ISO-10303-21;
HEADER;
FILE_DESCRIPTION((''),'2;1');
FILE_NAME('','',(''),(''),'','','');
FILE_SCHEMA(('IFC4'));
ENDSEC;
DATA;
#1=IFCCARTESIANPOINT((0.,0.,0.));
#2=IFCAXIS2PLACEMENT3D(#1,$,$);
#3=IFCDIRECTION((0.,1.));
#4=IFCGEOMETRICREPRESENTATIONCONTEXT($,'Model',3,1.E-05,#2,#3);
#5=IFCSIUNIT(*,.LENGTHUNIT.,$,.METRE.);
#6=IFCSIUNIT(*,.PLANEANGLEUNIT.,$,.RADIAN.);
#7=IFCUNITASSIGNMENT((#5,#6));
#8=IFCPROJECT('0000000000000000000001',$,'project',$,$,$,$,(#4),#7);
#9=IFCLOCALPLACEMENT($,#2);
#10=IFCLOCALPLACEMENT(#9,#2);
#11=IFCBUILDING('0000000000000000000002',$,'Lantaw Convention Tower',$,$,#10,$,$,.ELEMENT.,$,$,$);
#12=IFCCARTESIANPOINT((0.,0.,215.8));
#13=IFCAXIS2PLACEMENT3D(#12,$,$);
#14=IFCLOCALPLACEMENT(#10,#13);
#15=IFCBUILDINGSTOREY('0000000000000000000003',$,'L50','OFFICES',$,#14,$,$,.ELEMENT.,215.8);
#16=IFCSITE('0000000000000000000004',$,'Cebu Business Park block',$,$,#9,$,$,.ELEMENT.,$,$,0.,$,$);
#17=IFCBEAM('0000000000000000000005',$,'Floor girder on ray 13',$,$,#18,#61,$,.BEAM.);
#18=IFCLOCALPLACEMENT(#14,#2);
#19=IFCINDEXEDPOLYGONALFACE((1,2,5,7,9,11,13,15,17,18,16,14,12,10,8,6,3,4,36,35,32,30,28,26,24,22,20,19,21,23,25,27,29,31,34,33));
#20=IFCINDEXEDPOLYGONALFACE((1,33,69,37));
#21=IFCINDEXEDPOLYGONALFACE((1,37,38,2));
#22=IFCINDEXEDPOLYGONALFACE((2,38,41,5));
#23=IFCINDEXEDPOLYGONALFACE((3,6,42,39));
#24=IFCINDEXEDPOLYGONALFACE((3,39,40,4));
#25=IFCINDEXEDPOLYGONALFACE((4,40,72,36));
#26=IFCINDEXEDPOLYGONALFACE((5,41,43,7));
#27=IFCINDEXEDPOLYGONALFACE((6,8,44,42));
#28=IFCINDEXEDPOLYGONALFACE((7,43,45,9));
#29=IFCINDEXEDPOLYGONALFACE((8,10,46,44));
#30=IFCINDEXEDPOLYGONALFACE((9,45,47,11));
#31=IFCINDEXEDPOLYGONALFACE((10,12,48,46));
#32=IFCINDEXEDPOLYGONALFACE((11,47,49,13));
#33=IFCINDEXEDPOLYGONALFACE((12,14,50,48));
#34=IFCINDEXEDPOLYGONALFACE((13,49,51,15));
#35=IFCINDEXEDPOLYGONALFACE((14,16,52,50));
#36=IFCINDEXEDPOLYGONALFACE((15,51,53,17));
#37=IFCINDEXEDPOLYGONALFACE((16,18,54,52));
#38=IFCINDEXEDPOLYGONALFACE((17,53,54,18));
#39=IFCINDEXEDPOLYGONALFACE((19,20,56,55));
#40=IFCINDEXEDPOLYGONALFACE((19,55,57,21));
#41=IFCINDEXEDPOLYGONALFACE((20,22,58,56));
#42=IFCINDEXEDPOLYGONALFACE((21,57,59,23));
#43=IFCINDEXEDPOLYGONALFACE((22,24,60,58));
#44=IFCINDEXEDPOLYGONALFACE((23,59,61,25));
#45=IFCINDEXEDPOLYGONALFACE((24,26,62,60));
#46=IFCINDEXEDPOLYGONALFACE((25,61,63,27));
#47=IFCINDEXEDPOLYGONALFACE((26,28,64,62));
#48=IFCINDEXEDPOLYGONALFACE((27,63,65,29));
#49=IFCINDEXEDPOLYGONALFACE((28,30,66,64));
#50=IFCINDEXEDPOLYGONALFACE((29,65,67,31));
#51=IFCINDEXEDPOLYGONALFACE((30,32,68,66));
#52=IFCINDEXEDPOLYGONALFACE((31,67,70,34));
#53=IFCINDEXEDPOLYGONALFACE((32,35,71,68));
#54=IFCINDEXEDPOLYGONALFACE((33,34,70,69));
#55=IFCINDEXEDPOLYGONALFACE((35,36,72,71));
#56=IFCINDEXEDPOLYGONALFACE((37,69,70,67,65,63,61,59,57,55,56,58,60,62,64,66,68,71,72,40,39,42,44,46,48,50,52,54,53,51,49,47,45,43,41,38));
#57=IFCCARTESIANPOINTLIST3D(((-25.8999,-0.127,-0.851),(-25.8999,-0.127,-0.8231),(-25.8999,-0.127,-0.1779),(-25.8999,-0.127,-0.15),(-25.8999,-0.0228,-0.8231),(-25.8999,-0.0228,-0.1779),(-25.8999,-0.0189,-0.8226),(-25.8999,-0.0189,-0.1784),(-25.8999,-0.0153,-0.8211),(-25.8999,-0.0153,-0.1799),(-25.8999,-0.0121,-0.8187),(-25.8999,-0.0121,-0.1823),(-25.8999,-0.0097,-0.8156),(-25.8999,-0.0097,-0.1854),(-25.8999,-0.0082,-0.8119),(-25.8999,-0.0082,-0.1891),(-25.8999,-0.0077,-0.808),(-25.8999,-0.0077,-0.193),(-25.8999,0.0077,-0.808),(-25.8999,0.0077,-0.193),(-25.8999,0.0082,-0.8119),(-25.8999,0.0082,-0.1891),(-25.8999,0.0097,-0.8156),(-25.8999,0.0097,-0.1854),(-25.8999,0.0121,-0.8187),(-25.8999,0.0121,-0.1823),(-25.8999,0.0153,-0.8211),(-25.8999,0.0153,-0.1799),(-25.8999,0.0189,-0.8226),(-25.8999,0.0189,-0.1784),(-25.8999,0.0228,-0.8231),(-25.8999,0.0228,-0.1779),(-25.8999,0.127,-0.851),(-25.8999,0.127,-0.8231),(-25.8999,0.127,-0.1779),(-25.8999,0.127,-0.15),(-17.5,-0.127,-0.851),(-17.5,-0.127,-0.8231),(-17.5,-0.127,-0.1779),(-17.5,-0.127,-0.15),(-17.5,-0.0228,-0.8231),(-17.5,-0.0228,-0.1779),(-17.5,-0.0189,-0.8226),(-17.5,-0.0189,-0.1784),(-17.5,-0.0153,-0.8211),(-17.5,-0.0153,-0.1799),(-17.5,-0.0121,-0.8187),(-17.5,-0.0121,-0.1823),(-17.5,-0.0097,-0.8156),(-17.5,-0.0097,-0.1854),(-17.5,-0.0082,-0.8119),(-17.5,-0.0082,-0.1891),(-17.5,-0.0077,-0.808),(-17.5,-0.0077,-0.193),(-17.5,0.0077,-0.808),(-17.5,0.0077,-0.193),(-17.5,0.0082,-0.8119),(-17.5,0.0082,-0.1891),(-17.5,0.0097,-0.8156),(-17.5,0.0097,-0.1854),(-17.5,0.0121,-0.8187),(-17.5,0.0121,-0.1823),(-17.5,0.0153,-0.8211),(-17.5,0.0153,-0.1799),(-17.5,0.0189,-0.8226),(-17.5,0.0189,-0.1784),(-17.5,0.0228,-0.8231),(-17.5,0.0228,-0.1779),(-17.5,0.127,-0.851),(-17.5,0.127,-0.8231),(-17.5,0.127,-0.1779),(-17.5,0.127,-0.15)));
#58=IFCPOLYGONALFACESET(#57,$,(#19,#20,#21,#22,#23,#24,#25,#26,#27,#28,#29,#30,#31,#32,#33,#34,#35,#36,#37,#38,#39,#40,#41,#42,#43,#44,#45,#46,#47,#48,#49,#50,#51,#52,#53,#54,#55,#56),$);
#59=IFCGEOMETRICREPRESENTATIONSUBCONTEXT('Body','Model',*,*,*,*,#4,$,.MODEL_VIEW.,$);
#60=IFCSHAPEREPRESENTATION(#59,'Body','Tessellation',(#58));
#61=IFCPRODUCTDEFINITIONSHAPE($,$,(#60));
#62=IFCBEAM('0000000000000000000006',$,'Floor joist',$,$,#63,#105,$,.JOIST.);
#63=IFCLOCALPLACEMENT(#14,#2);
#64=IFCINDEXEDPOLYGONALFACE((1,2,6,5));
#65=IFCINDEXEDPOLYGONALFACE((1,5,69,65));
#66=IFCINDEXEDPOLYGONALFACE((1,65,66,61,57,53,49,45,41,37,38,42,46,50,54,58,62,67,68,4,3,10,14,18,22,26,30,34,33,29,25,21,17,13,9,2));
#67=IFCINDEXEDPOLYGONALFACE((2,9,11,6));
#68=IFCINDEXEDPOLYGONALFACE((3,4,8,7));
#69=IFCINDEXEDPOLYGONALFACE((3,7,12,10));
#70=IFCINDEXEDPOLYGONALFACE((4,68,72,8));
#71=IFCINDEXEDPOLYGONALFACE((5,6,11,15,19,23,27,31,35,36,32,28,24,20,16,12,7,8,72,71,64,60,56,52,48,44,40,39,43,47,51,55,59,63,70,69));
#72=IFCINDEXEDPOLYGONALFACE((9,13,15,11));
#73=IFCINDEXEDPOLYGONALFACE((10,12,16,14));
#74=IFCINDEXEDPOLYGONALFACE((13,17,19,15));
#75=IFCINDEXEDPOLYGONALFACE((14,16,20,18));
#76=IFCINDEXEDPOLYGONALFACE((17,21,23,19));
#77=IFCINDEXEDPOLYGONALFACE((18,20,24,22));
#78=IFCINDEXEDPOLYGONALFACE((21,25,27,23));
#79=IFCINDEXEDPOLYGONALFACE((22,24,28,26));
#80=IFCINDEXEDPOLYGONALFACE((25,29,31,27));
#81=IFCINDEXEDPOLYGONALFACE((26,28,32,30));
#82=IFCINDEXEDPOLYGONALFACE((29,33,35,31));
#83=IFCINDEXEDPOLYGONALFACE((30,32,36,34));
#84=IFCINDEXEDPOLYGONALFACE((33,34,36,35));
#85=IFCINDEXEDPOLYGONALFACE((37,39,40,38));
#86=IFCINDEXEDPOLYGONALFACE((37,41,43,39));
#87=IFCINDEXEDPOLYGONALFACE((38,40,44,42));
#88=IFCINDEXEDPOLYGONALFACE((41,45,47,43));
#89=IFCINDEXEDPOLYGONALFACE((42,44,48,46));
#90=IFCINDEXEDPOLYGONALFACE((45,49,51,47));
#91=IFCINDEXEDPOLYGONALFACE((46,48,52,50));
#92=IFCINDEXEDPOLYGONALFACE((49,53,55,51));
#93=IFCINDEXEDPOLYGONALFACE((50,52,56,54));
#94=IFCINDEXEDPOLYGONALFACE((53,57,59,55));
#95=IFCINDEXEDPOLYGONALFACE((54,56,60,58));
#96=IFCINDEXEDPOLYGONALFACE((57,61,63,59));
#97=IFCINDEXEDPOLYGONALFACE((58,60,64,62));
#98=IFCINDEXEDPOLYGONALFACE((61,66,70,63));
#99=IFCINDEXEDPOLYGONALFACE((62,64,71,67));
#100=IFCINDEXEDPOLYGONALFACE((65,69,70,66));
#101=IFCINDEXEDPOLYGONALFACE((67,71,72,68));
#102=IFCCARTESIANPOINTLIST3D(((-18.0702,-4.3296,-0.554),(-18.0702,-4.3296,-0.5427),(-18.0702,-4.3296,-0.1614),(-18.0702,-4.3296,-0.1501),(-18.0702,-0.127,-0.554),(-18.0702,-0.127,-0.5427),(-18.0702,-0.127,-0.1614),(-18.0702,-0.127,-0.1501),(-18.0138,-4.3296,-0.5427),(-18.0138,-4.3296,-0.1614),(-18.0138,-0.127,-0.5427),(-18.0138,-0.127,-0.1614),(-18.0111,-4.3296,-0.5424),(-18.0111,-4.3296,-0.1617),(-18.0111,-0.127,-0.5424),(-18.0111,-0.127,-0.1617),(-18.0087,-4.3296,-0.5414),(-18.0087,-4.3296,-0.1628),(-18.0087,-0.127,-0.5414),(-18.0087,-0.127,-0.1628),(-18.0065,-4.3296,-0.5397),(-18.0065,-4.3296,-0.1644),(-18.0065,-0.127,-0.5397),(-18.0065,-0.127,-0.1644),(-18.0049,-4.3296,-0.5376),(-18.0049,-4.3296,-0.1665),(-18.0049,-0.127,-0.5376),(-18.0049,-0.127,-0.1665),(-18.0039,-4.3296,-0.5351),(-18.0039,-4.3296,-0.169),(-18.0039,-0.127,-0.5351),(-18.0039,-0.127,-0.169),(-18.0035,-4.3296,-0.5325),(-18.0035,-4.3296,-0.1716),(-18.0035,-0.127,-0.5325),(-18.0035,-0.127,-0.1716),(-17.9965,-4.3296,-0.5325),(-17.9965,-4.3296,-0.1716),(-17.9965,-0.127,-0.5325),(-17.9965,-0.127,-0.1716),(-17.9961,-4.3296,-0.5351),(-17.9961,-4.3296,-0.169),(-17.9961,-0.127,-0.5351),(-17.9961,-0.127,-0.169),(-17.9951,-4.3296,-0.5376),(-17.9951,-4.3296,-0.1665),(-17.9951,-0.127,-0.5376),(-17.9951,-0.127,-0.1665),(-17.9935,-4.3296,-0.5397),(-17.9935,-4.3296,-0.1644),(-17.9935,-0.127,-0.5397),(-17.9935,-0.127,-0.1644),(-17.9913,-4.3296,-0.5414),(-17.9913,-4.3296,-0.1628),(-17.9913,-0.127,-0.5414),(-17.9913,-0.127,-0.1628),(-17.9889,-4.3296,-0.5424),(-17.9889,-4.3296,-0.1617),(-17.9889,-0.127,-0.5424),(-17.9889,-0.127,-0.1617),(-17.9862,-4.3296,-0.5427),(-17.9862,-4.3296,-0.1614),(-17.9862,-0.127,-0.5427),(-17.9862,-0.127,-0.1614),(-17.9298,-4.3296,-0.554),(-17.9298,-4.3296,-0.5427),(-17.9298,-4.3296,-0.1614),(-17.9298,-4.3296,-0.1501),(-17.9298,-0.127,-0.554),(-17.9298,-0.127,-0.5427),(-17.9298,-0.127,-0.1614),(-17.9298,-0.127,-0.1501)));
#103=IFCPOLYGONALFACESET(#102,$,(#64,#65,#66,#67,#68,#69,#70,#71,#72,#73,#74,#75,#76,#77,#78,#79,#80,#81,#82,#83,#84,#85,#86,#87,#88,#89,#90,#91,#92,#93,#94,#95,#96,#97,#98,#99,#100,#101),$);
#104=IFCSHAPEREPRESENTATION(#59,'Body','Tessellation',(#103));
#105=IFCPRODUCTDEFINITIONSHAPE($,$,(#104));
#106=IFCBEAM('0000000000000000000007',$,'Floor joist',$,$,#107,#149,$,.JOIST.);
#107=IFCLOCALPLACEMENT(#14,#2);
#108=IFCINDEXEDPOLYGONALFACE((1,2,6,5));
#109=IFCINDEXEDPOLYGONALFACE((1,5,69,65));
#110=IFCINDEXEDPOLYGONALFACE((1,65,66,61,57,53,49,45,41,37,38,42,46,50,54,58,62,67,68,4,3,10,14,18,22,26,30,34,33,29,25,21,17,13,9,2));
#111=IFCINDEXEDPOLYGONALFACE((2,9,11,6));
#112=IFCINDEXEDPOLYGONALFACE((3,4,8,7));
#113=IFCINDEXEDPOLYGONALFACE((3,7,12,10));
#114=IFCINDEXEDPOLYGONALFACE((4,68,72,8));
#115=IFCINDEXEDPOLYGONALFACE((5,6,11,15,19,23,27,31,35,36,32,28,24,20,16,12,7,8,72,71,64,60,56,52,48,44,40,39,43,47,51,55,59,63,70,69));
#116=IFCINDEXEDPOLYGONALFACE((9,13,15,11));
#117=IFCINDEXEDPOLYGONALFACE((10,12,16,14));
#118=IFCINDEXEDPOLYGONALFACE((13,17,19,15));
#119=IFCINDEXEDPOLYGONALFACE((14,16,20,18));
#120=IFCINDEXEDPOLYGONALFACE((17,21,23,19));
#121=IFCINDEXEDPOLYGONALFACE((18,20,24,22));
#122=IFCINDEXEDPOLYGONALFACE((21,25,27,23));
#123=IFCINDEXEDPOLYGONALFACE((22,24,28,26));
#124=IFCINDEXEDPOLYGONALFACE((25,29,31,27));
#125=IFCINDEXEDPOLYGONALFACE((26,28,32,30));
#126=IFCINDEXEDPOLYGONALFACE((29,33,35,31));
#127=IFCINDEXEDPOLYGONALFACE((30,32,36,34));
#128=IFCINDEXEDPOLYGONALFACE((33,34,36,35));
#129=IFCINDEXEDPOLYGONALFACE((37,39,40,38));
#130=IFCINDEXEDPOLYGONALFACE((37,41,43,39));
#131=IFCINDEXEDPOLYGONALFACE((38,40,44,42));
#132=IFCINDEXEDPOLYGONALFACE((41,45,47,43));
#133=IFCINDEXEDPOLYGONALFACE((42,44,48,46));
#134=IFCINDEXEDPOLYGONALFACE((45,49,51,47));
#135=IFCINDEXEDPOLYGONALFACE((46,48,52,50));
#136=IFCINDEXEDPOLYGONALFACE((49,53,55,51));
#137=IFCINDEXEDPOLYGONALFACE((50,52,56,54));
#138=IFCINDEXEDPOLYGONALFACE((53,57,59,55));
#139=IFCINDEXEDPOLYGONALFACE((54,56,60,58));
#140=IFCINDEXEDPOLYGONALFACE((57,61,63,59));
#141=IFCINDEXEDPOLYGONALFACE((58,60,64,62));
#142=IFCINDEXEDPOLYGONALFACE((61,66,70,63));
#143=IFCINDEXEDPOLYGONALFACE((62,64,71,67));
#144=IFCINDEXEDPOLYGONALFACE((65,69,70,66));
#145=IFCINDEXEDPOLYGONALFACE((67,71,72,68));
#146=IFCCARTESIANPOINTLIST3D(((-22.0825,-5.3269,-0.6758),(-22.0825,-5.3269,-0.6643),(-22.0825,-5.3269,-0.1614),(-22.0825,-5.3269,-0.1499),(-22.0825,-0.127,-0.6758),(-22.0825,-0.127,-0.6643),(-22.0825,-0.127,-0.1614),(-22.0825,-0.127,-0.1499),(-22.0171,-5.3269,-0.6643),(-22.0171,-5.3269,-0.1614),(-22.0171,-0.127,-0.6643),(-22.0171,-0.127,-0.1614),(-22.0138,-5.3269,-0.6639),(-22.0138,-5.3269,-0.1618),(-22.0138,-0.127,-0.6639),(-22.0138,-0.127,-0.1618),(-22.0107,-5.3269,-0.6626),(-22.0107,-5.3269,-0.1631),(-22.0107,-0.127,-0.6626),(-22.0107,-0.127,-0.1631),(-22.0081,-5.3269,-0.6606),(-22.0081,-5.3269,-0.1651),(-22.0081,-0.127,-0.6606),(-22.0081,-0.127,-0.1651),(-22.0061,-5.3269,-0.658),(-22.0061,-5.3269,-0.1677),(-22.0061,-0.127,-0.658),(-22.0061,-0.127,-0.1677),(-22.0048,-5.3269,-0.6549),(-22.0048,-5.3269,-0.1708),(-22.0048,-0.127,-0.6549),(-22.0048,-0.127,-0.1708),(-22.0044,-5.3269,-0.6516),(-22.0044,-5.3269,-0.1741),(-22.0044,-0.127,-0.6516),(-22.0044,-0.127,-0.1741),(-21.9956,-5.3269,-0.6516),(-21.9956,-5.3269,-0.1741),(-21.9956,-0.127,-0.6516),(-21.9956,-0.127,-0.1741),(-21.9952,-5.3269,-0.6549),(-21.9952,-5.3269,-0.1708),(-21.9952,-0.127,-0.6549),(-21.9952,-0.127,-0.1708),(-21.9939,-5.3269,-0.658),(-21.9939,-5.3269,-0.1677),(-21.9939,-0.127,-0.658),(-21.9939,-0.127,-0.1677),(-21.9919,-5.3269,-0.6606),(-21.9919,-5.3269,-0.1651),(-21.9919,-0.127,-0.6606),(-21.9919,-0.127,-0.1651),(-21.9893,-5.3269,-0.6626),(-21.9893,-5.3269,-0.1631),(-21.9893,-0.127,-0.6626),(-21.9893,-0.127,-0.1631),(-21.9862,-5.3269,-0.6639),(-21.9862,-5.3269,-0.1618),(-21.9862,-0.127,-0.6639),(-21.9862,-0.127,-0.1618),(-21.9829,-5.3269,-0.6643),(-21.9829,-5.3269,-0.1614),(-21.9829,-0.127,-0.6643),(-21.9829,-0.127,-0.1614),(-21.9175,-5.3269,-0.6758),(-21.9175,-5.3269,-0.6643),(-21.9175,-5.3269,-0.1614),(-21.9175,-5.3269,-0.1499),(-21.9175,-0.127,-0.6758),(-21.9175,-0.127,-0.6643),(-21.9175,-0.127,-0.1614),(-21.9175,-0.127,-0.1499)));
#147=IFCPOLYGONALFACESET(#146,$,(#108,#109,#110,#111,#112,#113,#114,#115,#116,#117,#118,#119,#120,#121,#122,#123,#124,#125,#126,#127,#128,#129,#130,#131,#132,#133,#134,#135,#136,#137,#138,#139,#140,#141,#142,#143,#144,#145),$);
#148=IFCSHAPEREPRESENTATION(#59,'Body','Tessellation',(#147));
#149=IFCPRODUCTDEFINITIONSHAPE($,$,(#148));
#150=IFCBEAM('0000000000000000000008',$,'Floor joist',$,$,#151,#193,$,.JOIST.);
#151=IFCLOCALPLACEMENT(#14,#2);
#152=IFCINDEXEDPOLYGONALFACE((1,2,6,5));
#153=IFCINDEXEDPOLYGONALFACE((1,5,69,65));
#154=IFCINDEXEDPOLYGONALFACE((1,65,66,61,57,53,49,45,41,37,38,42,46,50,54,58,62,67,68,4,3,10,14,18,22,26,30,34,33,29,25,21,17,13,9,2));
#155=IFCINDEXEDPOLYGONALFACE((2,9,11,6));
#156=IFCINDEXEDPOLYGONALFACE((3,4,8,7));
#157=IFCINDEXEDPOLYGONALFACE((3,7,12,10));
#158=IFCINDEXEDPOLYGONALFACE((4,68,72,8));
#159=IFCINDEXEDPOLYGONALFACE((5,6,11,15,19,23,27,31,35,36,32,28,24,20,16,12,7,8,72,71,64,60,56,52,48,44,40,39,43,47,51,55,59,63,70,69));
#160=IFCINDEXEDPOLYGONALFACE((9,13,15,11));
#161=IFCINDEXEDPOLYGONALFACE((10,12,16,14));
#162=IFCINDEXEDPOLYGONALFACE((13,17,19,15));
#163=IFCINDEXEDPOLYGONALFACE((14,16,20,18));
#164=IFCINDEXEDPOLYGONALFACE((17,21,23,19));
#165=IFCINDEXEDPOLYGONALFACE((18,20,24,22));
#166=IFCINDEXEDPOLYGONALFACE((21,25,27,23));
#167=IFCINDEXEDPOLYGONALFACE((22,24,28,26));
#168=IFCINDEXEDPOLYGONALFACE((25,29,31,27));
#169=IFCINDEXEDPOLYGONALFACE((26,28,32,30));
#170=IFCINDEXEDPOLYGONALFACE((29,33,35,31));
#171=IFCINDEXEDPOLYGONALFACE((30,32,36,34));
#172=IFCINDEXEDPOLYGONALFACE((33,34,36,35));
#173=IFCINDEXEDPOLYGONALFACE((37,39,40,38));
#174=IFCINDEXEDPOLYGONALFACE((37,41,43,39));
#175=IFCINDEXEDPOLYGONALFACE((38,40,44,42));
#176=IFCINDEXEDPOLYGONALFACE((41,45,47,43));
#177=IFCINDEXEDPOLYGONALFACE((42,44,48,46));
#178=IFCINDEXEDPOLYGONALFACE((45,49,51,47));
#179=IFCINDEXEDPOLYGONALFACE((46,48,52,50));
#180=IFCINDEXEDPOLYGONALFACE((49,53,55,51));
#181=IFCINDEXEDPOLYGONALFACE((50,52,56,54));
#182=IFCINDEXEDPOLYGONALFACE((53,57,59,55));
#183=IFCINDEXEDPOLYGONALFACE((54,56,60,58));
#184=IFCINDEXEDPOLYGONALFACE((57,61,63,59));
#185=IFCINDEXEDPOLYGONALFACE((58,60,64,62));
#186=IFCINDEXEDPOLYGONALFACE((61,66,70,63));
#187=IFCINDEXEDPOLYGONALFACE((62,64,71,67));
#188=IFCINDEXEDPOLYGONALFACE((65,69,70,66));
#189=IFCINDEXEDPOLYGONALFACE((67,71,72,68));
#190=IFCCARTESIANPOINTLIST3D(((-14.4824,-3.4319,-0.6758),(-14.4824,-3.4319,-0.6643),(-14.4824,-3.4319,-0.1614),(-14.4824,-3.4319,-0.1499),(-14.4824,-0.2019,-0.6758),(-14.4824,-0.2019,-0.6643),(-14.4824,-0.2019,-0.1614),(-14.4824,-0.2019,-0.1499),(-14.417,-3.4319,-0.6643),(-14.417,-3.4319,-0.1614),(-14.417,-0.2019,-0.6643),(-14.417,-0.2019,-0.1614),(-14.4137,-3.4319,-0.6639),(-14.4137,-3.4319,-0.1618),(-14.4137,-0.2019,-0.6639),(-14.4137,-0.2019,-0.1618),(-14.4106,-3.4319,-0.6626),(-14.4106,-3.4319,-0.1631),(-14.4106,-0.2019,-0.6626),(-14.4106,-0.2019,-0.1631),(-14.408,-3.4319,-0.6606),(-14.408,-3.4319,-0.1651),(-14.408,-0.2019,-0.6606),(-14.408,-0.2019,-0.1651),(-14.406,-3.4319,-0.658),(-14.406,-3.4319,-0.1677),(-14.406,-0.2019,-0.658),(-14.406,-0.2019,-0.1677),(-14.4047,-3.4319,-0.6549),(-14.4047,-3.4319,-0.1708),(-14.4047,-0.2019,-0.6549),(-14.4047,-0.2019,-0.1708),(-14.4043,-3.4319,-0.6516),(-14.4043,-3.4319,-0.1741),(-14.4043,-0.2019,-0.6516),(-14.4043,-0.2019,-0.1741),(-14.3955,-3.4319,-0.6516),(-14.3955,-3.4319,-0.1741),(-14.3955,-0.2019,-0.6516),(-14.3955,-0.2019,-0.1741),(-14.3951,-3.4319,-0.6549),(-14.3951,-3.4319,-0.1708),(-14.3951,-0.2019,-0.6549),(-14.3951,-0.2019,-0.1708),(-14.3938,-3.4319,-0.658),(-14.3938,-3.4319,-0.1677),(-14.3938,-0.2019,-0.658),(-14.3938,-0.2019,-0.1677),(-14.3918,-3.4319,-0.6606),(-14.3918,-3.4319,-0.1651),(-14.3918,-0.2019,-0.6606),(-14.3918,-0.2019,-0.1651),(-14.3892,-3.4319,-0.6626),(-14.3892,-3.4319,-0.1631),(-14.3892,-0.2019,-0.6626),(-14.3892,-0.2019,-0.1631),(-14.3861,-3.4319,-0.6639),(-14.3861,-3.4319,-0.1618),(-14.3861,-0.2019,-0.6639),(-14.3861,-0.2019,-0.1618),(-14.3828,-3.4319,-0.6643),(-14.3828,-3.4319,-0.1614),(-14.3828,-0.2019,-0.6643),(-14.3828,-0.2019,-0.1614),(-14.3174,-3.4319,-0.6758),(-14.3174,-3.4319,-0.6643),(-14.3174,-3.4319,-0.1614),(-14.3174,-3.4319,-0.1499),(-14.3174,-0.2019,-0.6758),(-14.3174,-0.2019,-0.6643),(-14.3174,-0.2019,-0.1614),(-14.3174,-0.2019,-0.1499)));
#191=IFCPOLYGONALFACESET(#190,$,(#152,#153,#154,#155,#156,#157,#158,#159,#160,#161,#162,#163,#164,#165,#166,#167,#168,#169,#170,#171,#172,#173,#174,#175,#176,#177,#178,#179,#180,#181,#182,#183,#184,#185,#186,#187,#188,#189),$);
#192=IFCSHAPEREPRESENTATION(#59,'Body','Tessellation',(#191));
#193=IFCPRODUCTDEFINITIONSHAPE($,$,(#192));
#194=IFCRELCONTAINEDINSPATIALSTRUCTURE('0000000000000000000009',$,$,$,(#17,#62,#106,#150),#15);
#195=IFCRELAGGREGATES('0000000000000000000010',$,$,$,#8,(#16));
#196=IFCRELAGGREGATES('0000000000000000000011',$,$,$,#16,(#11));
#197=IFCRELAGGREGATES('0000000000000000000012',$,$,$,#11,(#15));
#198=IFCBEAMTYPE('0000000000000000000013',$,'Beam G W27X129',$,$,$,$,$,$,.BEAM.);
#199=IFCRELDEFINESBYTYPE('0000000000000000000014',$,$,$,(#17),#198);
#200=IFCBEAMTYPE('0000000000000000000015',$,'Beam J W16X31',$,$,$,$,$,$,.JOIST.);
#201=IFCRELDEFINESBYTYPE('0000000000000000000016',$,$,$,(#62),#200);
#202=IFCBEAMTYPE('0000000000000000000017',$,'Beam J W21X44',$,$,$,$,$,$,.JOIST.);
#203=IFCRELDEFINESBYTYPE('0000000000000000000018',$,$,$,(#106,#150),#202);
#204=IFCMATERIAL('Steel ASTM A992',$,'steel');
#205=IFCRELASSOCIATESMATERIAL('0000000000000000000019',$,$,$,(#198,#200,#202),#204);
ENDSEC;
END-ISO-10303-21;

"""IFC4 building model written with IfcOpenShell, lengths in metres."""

from ifc_helpers import new_model, si_unit, direction, frame, origin, origin_2d, place, context, subcontext, project, spatial, i_section, extrude, material, material_profile, profile_set, type_object, element, save


model = new_model("IFC4")

# Units and contexts
model_context = context("Model", 3, precision=1e-05, world=origin(), true_north=direction((0.0, 1.0)))
body_context = subcontext(model_context, "Body", "Model", "MODEL_VIEW")
ifc_project = project(units=[si_unit("LENGTHUNIT", "METRE"), si_unit("PLANEANGLEUNIT", "RADIAN")], contexts=[model_context])

# Site, building, storey
site_placement = place(None, origin())
site = spatial("IfcSite", under=ifc_project, at=site_placement, Name="Cebu Business Park block", CompositionType="ELEMENT", RefElevation=0.0)
building_placement = place(site_placement, origin())
building = spatial("IfcBuilding", under=site, at=building_placement, Name="Lantaw Convention Tower", CompositionType="ELEMENT")
storey_placement = place(building_placement, frame((0.0, 0.0, 215.8)))
storey = spatial("IfcBuildingStorey", under=building, at=storey_placement, Name="L50", Description="OFFICES", CompositionType="ELEMENT", Elevation=215.8)

# Beams
ifc_material_1 = material(Name="Steel ASTM A992", Category="steel")
ifc_material_profile_1 = material_profile(ifc_material_1, i_section(OverallWidth=0.2539, OverallDepth=0.7009, WebThickness=0.0154, FlangeThickness=0.0278, FilletRadius=0.0151, at=origin_2d()), Name="W27X129")
ifc_profile_set_1 = profile_set([ifc_material_profile_1], Name="Steel ASTM A992")
beam_type_1 = type_object("IfcBeamType", Name="Beam G W27X129", PredefinedType="BEAM", material=ifc_profile_set_1)
beam_1_placement = place(storey_placement, frame((-17.5, 0.0, -0.5005), z_axis=(-1.0, 0.0, 0.0), x_axis=(0.0, -1.0, 0.0)))
element("IfcBeam", 1, at=beam_1_placement, inside=storey, type_object=beam_type_1, Name="Floor girder on ray 13", PredefinedType="BEAM", context=body_context, shape_type="SweptSolid", body=[
    extrude(i_section(OverallWidth=0.2539, OverallDepth=0.7009, WebThickness=0.0154, FlangeThickness=0.0278, FilletRadius=0.0151, at=origin_2d()), origin(), (0.0, 0.0, 1.0), 8.3999),
])
ifc_material_profile_2 = material_profile(ifc_material_1, i_section(OverallWidth=0.1404, OverallDepth=0.4038, WebThickness=0.0071, FlangeThickness=0.0112, FilletRadius=0.0103, at=origin_2d()), Name="W16X31")
ifc_profile_set_2 = profile_set([ifc_material_profile_2], Name="Steel ASTM A992")
beam_type_2 = type_object("IfcBeamType", Name="Beam J W16X31", PredefinedType="JOIST", material=ifc_profile_set_2)
beam_2_placement = place(storey_placement, frame((-18.0, -4.3296, -0.3521), z_axis=(0.0, 1.0, 0.0), x_axis=(-1.0, 0.0, 0.0)))
element("IfcBeam", 2, at=beam_2_placement, inside=storey, type_object=beam_type_2, Name="Floor joist", PredefinedType="JOIST", context=body_context, shape_type="SweptSolid", body=[
    extrude(i_section(OverallWidth=0.1404, OverallDepth=0.4038, WebThickness=0.0071, FlangeThickness=0.0112, FilletRadius=0.0103, at=origin_2d()), origin(), (0.0, 0.0, 1.0), 4.2026),
])
ifc_material_profile_3 = material_profile(ifc_material_1, i_section(OverallWidth=0.165, OverallDepth=0.5259, WebThickness=0.0088, FlangeThickness=0.0115, FilletRadius=0.0127, at=origin_2d()), Name="W21X44")
ifc_profile_set_3 = profile_set([ifc_material_profile_3], Name="Steel ASTM A992")
beam_type_3 = type_object("IfcBeamType", Name="Beam J W21X44", PredefinedType="JOIST", material=ifc_profile_set_3)
beam_3_placement = place(storey_placement, frame((-22.0, -5.3269, -0.4128), z_axis=(0.0, 1.0, 0.0), x_axis=(-1.0, 0.0, 0.0)))
element("IfcBeam", 3, at=beam_3_placement, inside=storey, type_object=beam_type_3, Name="Floor joist", PredefinedType="JOIST", context=body_context, shape_type="SweptSolid", body=[
    extrude(i_section(OverallWidth=0.165, OverallDepth=0.5259, WebThickness=0.0088, FlangeThickness=0.0115, FilletRadius=0.0127, at=origin_2d()), origin(), (0.0, 0.0, 1.0), 5.2),
])
beam_4_placement = place(storey_placement, frame((-14.3999, -3.4319, -0.4128), z_axis=(0.0, 1.0, 0.0), x_axis=(-1.0, 0.0, 0.0)))
element("IfcBeam", 4, at=beam_4_placement, inside=storey, type_object=beam_type_3, Name="Floor joist", PredefinedType="JOIST", context=body_context, shape_type="SweptSolid", body=[
    extrude(i_section(OverallWidth=0.165, OverallDepth=0.5259, WebThickness=0.0088, FlangeThickness=0.0115, FilletRadius=0.0127, at=origin_2d()), origin(), (0.0, 0.0, 1.0), 3.23),
])

save(model, "model.ifc")
